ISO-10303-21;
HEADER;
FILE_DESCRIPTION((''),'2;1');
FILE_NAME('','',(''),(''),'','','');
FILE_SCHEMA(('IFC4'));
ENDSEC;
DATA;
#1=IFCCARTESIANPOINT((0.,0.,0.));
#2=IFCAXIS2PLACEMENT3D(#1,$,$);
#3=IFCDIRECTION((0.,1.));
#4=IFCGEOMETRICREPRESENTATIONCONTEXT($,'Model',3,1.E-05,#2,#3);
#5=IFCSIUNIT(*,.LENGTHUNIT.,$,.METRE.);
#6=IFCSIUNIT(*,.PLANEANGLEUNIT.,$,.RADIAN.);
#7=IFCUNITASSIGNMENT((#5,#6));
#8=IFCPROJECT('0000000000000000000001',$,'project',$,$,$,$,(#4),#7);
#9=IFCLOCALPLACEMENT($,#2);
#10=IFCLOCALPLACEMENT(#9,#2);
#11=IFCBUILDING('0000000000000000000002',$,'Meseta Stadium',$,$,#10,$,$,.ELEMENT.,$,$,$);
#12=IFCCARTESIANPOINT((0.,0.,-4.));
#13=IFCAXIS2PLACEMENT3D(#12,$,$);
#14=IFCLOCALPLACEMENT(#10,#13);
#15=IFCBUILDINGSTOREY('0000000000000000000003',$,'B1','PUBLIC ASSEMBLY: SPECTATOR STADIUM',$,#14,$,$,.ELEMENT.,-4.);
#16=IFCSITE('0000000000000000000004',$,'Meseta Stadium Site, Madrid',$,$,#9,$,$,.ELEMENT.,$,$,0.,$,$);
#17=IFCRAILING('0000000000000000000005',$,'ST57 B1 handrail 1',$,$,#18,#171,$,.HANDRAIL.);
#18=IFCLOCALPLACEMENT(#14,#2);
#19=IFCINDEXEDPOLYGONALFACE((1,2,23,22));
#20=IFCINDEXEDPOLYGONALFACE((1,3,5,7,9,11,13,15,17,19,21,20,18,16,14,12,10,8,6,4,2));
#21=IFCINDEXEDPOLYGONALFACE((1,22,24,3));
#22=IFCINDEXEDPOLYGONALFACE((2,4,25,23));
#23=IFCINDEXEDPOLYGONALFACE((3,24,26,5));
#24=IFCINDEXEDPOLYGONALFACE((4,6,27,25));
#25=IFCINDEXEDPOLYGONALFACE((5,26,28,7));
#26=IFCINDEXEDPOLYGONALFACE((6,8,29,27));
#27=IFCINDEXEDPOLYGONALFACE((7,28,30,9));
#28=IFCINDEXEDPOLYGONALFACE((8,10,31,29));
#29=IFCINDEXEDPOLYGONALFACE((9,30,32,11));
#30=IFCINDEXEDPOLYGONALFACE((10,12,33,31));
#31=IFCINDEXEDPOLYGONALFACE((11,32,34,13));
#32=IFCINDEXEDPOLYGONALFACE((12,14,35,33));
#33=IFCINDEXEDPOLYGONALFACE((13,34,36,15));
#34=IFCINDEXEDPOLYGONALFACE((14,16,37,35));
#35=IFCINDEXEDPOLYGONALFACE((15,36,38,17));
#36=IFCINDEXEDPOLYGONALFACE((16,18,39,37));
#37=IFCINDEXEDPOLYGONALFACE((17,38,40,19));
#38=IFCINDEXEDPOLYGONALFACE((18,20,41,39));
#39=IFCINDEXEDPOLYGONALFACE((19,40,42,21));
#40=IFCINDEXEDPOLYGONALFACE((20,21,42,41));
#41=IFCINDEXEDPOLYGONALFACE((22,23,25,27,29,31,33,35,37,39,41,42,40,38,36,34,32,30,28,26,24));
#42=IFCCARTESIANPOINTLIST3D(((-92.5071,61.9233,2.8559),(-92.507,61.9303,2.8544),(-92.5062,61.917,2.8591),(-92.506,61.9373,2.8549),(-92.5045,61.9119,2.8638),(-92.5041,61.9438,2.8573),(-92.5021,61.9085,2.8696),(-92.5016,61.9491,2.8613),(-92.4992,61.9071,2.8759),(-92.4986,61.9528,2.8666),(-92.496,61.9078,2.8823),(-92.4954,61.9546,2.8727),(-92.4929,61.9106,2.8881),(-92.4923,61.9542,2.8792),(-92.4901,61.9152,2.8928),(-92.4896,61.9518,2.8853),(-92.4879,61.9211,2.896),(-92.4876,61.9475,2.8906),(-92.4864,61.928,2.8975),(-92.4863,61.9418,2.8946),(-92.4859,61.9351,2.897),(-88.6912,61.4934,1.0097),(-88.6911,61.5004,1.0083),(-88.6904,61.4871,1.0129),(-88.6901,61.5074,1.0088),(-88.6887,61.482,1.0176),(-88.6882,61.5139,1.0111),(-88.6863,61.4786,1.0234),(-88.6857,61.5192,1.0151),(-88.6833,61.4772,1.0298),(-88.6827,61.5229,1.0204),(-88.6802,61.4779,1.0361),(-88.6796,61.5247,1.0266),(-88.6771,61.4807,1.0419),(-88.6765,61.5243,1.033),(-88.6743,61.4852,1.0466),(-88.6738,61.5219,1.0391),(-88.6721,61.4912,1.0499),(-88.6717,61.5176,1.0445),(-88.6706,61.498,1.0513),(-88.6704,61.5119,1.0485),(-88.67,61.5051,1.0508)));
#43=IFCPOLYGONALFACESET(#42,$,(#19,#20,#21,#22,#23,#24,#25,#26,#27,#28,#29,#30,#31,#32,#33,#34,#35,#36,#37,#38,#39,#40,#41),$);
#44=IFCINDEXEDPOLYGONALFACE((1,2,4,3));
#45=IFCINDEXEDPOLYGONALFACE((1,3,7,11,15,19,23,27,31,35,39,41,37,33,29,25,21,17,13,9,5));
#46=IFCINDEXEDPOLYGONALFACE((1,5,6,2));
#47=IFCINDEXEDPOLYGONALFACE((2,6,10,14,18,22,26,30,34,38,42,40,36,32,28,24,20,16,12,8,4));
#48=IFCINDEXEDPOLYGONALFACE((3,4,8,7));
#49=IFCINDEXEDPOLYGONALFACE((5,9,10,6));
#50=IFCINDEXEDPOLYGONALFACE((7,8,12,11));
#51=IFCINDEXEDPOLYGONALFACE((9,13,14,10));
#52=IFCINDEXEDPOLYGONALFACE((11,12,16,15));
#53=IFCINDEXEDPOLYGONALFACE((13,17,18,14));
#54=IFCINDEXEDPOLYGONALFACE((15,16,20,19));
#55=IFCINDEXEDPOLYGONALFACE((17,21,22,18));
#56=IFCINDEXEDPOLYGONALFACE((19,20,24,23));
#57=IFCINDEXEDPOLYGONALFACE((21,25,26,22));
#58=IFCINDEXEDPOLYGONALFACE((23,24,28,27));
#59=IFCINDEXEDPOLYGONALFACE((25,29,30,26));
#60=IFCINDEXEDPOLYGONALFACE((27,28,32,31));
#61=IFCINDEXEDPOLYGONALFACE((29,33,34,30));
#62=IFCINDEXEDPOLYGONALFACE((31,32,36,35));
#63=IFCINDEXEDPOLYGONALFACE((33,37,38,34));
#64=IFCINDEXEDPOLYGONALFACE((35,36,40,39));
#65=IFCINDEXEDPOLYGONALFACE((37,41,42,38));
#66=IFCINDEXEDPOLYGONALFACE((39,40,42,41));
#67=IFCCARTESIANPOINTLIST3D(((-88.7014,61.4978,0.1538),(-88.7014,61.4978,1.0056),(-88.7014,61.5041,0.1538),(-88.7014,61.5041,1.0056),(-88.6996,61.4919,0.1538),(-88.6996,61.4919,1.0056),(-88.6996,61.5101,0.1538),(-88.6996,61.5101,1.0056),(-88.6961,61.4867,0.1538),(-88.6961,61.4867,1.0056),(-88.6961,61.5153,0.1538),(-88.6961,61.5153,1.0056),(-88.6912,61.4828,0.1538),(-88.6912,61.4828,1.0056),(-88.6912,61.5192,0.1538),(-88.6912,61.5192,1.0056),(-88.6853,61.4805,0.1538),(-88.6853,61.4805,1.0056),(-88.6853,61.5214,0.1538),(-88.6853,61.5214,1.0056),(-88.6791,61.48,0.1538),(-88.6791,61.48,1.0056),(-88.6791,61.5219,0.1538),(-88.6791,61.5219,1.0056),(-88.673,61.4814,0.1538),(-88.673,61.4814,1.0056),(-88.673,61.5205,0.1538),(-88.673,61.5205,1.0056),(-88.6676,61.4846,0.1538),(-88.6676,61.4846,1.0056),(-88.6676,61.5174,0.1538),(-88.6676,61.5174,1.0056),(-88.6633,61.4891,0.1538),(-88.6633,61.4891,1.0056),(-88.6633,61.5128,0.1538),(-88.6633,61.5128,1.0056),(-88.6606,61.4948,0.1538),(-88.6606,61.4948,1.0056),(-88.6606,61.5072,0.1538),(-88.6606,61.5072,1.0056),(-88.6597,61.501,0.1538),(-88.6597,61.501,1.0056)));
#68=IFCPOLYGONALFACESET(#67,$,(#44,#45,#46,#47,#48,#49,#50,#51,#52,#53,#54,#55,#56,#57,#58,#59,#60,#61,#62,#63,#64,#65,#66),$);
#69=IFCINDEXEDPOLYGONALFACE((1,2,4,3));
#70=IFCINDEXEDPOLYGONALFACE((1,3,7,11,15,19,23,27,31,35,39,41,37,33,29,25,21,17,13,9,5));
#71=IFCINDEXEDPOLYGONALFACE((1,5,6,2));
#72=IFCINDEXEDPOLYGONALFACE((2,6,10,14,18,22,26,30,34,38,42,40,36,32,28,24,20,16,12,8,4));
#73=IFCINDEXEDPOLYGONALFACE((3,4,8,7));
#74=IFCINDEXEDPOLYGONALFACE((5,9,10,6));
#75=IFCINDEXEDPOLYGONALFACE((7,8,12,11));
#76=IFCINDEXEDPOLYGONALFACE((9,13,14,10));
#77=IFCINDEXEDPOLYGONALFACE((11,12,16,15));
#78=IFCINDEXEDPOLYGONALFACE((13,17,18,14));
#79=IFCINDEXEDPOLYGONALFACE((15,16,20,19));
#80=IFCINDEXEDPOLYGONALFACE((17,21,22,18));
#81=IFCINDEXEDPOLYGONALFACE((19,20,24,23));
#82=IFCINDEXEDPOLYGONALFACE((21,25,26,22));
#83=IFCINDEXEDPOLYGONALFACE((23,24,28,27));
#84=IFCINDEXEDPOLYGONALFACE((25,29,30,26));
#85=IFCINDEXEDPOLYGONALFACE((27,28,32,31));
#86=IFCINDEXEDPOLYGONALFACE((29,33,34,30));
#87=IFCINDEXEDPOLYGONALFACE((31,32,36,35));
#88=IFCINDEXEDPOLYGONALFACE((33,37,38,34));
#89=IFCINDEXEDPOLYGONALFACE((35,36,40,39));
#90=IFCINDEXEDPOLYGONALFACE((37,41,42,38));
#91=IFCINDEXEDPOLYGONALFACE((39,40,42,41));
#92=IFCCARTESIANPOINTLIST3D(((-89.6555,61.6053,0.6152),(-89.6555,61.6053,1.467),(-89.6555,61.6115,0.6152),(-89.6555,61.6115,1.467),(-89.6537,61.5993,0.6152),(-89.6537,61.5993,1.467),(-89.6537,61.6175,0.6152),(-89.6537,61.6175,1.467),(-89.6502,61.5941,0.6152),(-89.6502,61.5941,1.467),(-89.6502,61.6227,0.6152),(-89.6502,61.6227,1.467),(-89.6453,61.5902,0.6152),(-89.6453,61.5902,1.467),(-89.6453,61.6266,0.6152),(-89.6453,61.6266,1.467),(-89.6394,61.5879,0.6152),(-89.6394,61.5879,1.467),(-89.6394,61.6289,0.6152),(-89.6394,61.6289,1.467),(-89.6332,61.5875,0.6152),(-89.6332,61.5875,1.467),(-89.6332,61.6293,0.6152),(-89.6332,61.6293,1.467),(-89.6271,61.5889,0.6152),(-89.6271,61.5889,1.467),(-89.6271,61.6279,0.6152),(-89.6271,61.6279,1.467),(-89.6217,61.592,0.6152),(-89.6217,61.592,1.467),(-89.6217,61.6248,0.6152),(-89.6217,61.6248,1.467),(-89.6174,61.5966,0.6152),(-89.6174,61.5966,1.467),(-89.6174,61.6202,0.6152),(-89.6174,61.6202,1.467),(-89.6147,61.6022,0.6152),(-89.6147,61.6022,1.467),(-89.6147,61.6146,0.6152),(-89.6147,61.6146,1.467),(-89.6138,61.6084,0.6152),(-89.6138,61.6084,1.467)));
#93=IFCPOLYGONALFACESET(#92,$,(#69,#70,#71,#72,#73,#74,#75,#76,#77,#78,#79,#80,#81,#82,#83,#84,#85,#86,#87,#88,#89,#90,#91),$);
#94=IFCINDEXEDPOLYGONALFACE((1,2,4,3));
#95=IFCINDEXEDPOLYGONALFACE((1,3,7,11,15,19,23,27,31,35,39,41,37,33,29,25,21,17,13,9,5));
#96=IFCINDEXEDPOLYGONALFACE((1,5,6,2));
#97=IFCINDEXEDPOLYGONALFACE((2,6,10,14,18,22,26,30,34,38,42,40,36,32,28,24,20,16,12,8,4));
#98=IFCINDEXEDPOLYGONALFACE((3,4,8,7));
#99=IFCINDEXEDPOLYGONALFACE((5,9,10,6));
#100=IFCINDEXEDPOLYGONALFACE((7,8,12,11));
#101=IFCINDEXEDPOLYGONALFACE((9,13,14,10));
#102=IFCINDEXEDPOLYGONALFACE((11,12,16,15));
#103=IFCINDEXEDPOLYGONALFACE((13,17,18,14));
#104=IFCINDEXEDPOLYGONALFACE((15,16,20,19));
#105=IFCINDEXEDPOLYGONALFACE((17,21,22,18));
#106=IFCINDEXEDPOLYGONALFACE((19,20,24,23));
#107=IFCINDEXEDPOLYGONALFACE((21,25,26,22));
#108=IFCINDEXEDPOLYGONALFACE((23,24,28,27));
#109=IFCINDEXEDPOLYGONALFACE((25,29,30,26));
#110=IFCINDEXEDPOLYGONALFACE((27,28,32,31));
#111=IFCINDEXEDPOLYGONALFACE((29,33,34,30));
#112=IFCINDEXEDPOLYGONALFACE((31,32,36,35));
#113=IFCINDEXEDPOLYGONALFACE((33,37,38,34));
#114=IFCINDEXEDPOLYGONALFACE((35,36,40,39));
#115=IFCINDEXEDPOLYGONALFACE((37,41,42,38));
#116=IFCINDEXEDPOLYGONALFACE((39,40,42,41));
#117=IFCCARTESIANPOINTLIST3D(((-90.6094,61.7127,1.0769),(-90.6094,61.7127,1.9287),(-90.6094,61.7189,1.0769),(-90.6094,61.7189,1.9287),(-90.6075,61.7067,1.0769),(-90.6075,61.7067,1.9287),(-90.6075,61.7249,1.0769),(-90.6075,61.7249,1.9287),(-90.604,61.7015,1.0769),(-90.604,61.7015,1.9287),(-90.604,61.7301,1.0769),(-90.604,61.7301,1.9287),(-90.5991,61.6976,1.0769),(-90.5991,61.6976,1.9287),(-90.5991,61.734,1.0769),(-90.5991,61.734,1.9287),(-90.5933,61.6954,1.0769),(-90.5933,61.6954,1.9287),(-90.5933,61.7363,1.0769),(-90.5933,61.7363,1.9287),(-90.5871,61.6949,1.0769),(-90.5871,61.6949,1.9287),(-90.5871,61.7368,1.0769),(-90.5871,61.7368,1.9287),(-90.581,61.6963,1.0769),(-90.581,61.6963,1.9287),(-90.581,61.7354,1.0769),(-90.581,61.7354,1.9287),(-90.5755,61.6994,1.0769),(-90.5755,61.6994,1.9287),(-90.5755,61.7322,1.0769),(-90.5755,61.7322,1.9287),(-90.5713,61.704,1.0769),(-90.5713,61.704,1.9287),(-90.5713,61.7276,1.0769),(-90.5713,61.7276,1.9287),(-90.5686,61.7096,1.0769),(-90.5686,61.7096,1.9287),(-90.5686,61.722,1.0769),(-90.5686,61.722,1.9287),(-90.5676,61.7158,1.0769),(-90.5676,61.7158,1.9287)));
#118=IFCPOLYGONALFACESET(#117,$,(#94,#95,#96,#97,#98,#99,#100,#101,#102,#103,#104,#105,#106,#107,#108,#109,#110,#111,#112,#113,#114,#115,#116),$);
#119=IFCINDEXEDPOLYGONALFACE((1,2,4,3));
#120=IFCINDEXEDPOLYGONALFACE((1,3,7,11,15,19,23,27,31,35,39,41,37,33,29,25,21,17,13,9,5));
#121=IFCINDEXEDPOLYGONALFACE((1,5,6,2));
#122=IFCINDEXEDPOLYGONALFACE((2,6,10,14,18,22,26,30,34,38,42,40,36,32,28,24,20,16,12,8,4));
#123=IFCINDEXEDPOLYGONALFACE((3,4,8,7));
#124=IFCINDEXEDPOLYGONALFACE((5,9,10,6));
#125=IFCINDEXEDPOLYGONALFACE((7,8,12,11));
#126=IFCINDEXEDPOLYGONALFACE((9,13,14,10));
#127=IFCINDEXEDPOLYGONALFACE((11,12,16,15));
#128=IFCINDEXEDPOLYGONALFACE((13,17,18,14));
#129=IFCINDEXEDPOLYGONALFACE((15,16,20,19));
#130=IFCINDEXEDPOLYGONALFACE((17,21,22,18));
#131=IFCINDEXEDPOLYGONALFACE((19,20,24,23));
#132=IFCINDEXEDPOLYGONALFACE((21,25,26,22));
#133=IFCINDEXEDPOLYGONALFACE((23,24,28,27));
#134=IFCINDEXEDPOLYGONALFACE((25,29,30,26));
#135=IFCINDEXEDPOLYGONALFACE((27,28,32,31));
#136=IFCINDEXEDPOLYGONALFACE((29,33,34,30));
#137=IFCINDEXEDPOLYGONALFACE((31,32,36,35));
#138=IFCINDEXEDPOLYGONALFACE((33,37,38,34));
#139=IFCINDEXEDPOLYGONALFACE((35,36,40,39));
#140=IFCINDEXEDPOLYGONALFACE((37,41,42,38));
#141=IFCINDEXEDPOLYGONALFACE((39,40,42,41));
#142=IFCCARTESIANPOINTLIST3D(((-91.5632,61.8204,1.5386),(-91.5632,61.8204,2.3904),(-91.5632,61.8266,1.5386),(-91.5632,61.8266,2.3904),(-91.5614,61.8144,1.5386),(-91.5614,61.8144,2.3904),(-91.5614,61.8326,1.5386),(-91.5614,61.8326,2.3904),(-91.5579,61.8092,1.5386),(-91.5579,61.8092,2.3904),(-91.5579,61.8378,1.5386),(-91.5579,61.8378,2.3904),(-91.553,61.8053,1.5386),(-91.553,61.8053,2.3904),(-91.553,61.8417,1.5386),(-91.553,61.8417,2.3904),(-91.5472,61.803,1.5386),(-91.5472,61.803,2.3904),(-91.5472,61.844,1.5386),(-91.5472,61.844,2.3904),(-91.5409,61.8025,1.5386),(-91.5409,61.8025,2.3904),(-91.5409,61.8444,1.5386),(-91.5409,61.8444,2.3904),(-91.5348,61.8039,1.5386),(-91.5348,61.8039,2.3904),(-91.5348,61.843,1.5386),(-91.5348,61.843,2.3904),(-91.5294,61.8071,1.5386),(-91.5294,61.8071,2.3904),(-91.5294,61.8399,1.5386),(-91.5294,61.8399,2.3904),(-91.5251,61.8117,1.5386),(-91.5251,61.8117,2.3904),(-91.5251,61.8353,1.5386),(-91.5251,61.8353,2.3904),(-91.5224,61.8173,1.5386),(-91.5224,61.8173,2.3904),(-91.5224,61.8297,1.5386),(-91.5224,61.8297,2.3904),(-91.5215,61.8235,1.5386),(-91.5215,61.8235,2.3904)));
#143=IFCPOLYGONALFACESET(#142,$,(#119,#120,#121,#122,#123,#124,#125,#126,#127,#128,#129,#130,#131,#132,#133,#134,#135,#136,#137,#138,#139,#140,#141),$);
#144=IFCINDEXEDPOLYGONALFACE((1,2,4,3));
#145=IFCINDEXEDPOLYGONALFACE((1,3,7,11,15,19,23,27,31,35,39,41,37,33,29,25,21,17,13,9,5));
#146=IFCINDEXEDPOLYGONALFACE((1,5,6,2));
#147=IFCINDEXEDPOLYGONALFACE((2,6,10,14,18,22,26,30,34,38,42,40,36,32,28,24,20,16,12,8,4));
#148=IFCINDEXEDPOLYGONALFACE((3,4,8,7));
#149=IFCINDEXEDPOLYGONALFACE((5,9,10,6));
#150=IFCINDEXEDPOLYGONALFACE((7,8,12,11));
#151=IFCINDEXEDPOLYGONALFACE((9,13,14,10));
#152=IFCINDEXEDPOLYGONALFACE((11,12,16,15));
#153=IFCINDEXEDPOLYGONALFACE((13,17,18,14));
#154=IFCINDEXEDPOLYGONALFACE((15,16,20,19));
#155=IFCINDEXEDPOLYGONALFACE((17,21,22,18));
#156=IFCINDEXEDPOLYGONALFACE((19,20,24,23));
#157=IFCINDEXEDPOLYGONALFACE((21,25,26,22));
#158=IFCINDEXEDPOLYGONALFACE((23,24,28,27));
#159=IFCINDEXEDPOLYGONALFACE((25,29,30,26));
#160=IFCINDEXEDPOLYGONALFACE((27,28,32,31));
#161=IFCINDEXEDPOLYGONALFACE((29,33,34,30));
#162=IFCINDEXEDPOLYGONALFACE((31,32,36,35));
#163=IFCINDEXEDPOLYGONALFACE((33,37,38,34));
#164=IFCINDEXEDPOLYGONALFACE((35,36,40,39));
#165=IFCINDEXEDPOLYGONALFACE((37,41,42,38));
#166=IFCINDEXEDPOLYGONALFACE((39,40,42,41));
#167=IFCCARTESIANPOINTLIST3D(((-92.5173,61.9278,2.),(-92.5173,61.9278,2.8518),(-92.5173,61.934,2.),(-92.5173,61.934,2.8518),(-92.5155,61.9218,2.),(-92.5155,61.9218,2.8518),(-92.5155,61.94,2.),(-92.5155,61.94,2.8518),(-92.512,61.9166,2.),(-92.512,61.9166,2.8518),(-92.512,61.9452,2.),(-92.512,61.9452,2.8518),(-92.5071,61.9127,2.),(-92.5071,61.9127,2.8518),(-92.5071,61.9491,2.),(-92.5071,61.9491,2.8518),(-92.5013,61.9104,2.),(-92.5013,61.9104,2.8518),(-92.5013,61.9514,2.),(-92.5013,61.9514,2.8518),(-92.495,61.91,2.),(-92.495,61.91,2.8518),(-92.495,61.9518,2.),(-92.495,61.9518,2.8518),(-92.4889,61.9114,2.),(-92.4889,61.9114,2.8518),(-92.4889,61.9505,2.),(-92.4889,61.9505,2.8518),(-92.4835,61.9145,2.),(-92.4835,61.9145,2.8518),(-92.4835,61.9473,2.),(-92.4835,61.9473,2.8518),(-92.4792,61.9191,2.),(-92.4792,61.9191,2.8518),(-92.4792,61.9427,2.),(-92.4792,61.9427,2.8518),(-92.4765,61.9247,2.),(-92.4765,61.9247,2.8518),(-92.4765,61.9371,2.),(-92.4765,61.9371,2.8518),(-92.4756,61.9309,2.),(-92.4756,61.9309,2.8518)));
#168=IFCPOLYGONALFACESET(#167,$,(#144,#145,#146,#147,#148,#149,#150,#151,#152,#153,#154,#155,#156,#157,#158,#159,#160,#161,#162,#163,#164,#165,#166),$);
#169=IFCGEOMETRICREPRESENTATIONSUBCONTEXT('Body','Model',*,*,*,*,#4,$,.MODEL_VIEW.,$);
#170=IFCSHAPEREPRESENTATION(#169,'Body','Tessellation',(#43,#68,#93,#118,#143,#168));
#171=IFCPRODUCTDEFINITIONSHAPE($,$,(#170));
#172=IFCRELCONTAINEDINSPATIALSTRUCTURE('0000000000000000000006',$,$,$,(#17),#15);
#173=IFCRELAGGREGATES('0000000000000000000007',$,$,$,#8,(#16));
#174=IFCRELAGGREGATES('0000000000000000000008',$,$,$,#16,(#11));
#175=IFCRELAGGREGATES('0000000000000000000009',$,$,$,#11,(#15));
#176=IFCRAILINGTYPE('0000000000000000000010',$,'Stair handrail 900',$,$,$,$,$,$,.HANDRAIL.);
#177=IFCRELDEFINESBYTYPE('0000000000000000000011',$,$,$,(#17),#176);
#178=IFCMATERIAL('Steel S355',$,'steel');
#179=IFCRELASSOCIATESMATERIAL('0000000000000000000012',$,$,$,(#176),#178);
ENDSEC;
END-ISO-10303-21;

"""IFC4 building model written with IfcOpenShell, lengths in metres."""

from ifc_helpers import new_model, si_unit, direction, frame, origin, origin_2d, place, context, subcontext, project, spatial, circle, extrude, material, type_object, element, save


model = new_model("IFC4")

# Units and contexts
model_context = context("Model", 3, precision=1e-05, world=origin(), true_north=direction((0.0, 1.0)))
body_context = subcontext(model_context, "Body", "Model", "MODEL_VIEW")
ifc_project = project(units=[si_unit("LENGTHUNIT", "METRE"), si_unit("PLANEANGLEUNIT", "RADIAN")], contexts=[model_context])

# Site, building, storey
site_placement = place(None, origin())
site = spatial("IfcSite", under=ifc_project, at=site_placement, Name="Meseta Stadium Site, Madrid", CompositionType="ELEMENT", RefElevation=0.0)
building_placement = place(site_placement, origin())
building = spatial("IfcBuilding", under=site, at=building_placement, Name="Meseta Stadium", CompositionType="ELEMENT")
storey_placement = place(building_placement, frame((0.0, 0.0, -4.0)))
storey = spatial("IfcBuildingStorey", under=building, at=storey_placement, Name="B1", Description="PUBLIC ASSEMBLY: SPECTATOR STADIUM", CompositionType="ELEMENT", Elevation=-4.0)

# Railing
ifc_material_1 = material(Name="Steel S355", Category="steel")
railing_type_1 = type_object("IfcRailingType", Name="Stair handrail 900", PredefinedType="HANDRAIL", material=ifc_material_1)
railing_1_placement = place(storey_placement, frame((-88.6807, 61.501, 0.1538)))
element("IfcRailing", 1, at=railing_1_placement, inside=storey, type_object=railing_type_1, Name="ST57 B1 handrail 1", PredefinedType="HANDRAIL", context=body_context, shape_type="SweptSolid", body=[
    extrude(circle(Radius=0.0239, at=origin_2d()), frame((0.0, 0.0, 0.876), z_axis=(-0.895585, 0.100904, 0.433296), x_axis=(-0.11196, -0.993713, 0.0)), (0.0, 0.0, 1.0), 4.2607),
    extrude(circle(Radius=0.021, at=origin_2d()), origin(), (0.0, 0.0, 1.0), 0.8518),
    extrude(circle(Radius=0.021, at=origin_2d()), frame((-0.9541, 0.1074, 0.4614)), (0.0, 0.0, 1.0), 0.8518),
    extrude(circle(Radius=0.021, at=origin_2d()), frame((-1.908, 0.2148, 0.9231)), (0.0, 0.0, 1.0), 0.8518),
    extrude(circle(Radius=0.021, at=origin_2d()), frame((-2.8618, 0.3225, 1.3848)), (0.0, 0.0, 1.0), 0.8518),
    extrude(circle(Radius=0.021, at=origin_2d()), frame((-3.8159, 0.4299, 1.8462)), (0.0, 0.0, 1.0), 0.8518),
])

save(model, "model.ifc")
